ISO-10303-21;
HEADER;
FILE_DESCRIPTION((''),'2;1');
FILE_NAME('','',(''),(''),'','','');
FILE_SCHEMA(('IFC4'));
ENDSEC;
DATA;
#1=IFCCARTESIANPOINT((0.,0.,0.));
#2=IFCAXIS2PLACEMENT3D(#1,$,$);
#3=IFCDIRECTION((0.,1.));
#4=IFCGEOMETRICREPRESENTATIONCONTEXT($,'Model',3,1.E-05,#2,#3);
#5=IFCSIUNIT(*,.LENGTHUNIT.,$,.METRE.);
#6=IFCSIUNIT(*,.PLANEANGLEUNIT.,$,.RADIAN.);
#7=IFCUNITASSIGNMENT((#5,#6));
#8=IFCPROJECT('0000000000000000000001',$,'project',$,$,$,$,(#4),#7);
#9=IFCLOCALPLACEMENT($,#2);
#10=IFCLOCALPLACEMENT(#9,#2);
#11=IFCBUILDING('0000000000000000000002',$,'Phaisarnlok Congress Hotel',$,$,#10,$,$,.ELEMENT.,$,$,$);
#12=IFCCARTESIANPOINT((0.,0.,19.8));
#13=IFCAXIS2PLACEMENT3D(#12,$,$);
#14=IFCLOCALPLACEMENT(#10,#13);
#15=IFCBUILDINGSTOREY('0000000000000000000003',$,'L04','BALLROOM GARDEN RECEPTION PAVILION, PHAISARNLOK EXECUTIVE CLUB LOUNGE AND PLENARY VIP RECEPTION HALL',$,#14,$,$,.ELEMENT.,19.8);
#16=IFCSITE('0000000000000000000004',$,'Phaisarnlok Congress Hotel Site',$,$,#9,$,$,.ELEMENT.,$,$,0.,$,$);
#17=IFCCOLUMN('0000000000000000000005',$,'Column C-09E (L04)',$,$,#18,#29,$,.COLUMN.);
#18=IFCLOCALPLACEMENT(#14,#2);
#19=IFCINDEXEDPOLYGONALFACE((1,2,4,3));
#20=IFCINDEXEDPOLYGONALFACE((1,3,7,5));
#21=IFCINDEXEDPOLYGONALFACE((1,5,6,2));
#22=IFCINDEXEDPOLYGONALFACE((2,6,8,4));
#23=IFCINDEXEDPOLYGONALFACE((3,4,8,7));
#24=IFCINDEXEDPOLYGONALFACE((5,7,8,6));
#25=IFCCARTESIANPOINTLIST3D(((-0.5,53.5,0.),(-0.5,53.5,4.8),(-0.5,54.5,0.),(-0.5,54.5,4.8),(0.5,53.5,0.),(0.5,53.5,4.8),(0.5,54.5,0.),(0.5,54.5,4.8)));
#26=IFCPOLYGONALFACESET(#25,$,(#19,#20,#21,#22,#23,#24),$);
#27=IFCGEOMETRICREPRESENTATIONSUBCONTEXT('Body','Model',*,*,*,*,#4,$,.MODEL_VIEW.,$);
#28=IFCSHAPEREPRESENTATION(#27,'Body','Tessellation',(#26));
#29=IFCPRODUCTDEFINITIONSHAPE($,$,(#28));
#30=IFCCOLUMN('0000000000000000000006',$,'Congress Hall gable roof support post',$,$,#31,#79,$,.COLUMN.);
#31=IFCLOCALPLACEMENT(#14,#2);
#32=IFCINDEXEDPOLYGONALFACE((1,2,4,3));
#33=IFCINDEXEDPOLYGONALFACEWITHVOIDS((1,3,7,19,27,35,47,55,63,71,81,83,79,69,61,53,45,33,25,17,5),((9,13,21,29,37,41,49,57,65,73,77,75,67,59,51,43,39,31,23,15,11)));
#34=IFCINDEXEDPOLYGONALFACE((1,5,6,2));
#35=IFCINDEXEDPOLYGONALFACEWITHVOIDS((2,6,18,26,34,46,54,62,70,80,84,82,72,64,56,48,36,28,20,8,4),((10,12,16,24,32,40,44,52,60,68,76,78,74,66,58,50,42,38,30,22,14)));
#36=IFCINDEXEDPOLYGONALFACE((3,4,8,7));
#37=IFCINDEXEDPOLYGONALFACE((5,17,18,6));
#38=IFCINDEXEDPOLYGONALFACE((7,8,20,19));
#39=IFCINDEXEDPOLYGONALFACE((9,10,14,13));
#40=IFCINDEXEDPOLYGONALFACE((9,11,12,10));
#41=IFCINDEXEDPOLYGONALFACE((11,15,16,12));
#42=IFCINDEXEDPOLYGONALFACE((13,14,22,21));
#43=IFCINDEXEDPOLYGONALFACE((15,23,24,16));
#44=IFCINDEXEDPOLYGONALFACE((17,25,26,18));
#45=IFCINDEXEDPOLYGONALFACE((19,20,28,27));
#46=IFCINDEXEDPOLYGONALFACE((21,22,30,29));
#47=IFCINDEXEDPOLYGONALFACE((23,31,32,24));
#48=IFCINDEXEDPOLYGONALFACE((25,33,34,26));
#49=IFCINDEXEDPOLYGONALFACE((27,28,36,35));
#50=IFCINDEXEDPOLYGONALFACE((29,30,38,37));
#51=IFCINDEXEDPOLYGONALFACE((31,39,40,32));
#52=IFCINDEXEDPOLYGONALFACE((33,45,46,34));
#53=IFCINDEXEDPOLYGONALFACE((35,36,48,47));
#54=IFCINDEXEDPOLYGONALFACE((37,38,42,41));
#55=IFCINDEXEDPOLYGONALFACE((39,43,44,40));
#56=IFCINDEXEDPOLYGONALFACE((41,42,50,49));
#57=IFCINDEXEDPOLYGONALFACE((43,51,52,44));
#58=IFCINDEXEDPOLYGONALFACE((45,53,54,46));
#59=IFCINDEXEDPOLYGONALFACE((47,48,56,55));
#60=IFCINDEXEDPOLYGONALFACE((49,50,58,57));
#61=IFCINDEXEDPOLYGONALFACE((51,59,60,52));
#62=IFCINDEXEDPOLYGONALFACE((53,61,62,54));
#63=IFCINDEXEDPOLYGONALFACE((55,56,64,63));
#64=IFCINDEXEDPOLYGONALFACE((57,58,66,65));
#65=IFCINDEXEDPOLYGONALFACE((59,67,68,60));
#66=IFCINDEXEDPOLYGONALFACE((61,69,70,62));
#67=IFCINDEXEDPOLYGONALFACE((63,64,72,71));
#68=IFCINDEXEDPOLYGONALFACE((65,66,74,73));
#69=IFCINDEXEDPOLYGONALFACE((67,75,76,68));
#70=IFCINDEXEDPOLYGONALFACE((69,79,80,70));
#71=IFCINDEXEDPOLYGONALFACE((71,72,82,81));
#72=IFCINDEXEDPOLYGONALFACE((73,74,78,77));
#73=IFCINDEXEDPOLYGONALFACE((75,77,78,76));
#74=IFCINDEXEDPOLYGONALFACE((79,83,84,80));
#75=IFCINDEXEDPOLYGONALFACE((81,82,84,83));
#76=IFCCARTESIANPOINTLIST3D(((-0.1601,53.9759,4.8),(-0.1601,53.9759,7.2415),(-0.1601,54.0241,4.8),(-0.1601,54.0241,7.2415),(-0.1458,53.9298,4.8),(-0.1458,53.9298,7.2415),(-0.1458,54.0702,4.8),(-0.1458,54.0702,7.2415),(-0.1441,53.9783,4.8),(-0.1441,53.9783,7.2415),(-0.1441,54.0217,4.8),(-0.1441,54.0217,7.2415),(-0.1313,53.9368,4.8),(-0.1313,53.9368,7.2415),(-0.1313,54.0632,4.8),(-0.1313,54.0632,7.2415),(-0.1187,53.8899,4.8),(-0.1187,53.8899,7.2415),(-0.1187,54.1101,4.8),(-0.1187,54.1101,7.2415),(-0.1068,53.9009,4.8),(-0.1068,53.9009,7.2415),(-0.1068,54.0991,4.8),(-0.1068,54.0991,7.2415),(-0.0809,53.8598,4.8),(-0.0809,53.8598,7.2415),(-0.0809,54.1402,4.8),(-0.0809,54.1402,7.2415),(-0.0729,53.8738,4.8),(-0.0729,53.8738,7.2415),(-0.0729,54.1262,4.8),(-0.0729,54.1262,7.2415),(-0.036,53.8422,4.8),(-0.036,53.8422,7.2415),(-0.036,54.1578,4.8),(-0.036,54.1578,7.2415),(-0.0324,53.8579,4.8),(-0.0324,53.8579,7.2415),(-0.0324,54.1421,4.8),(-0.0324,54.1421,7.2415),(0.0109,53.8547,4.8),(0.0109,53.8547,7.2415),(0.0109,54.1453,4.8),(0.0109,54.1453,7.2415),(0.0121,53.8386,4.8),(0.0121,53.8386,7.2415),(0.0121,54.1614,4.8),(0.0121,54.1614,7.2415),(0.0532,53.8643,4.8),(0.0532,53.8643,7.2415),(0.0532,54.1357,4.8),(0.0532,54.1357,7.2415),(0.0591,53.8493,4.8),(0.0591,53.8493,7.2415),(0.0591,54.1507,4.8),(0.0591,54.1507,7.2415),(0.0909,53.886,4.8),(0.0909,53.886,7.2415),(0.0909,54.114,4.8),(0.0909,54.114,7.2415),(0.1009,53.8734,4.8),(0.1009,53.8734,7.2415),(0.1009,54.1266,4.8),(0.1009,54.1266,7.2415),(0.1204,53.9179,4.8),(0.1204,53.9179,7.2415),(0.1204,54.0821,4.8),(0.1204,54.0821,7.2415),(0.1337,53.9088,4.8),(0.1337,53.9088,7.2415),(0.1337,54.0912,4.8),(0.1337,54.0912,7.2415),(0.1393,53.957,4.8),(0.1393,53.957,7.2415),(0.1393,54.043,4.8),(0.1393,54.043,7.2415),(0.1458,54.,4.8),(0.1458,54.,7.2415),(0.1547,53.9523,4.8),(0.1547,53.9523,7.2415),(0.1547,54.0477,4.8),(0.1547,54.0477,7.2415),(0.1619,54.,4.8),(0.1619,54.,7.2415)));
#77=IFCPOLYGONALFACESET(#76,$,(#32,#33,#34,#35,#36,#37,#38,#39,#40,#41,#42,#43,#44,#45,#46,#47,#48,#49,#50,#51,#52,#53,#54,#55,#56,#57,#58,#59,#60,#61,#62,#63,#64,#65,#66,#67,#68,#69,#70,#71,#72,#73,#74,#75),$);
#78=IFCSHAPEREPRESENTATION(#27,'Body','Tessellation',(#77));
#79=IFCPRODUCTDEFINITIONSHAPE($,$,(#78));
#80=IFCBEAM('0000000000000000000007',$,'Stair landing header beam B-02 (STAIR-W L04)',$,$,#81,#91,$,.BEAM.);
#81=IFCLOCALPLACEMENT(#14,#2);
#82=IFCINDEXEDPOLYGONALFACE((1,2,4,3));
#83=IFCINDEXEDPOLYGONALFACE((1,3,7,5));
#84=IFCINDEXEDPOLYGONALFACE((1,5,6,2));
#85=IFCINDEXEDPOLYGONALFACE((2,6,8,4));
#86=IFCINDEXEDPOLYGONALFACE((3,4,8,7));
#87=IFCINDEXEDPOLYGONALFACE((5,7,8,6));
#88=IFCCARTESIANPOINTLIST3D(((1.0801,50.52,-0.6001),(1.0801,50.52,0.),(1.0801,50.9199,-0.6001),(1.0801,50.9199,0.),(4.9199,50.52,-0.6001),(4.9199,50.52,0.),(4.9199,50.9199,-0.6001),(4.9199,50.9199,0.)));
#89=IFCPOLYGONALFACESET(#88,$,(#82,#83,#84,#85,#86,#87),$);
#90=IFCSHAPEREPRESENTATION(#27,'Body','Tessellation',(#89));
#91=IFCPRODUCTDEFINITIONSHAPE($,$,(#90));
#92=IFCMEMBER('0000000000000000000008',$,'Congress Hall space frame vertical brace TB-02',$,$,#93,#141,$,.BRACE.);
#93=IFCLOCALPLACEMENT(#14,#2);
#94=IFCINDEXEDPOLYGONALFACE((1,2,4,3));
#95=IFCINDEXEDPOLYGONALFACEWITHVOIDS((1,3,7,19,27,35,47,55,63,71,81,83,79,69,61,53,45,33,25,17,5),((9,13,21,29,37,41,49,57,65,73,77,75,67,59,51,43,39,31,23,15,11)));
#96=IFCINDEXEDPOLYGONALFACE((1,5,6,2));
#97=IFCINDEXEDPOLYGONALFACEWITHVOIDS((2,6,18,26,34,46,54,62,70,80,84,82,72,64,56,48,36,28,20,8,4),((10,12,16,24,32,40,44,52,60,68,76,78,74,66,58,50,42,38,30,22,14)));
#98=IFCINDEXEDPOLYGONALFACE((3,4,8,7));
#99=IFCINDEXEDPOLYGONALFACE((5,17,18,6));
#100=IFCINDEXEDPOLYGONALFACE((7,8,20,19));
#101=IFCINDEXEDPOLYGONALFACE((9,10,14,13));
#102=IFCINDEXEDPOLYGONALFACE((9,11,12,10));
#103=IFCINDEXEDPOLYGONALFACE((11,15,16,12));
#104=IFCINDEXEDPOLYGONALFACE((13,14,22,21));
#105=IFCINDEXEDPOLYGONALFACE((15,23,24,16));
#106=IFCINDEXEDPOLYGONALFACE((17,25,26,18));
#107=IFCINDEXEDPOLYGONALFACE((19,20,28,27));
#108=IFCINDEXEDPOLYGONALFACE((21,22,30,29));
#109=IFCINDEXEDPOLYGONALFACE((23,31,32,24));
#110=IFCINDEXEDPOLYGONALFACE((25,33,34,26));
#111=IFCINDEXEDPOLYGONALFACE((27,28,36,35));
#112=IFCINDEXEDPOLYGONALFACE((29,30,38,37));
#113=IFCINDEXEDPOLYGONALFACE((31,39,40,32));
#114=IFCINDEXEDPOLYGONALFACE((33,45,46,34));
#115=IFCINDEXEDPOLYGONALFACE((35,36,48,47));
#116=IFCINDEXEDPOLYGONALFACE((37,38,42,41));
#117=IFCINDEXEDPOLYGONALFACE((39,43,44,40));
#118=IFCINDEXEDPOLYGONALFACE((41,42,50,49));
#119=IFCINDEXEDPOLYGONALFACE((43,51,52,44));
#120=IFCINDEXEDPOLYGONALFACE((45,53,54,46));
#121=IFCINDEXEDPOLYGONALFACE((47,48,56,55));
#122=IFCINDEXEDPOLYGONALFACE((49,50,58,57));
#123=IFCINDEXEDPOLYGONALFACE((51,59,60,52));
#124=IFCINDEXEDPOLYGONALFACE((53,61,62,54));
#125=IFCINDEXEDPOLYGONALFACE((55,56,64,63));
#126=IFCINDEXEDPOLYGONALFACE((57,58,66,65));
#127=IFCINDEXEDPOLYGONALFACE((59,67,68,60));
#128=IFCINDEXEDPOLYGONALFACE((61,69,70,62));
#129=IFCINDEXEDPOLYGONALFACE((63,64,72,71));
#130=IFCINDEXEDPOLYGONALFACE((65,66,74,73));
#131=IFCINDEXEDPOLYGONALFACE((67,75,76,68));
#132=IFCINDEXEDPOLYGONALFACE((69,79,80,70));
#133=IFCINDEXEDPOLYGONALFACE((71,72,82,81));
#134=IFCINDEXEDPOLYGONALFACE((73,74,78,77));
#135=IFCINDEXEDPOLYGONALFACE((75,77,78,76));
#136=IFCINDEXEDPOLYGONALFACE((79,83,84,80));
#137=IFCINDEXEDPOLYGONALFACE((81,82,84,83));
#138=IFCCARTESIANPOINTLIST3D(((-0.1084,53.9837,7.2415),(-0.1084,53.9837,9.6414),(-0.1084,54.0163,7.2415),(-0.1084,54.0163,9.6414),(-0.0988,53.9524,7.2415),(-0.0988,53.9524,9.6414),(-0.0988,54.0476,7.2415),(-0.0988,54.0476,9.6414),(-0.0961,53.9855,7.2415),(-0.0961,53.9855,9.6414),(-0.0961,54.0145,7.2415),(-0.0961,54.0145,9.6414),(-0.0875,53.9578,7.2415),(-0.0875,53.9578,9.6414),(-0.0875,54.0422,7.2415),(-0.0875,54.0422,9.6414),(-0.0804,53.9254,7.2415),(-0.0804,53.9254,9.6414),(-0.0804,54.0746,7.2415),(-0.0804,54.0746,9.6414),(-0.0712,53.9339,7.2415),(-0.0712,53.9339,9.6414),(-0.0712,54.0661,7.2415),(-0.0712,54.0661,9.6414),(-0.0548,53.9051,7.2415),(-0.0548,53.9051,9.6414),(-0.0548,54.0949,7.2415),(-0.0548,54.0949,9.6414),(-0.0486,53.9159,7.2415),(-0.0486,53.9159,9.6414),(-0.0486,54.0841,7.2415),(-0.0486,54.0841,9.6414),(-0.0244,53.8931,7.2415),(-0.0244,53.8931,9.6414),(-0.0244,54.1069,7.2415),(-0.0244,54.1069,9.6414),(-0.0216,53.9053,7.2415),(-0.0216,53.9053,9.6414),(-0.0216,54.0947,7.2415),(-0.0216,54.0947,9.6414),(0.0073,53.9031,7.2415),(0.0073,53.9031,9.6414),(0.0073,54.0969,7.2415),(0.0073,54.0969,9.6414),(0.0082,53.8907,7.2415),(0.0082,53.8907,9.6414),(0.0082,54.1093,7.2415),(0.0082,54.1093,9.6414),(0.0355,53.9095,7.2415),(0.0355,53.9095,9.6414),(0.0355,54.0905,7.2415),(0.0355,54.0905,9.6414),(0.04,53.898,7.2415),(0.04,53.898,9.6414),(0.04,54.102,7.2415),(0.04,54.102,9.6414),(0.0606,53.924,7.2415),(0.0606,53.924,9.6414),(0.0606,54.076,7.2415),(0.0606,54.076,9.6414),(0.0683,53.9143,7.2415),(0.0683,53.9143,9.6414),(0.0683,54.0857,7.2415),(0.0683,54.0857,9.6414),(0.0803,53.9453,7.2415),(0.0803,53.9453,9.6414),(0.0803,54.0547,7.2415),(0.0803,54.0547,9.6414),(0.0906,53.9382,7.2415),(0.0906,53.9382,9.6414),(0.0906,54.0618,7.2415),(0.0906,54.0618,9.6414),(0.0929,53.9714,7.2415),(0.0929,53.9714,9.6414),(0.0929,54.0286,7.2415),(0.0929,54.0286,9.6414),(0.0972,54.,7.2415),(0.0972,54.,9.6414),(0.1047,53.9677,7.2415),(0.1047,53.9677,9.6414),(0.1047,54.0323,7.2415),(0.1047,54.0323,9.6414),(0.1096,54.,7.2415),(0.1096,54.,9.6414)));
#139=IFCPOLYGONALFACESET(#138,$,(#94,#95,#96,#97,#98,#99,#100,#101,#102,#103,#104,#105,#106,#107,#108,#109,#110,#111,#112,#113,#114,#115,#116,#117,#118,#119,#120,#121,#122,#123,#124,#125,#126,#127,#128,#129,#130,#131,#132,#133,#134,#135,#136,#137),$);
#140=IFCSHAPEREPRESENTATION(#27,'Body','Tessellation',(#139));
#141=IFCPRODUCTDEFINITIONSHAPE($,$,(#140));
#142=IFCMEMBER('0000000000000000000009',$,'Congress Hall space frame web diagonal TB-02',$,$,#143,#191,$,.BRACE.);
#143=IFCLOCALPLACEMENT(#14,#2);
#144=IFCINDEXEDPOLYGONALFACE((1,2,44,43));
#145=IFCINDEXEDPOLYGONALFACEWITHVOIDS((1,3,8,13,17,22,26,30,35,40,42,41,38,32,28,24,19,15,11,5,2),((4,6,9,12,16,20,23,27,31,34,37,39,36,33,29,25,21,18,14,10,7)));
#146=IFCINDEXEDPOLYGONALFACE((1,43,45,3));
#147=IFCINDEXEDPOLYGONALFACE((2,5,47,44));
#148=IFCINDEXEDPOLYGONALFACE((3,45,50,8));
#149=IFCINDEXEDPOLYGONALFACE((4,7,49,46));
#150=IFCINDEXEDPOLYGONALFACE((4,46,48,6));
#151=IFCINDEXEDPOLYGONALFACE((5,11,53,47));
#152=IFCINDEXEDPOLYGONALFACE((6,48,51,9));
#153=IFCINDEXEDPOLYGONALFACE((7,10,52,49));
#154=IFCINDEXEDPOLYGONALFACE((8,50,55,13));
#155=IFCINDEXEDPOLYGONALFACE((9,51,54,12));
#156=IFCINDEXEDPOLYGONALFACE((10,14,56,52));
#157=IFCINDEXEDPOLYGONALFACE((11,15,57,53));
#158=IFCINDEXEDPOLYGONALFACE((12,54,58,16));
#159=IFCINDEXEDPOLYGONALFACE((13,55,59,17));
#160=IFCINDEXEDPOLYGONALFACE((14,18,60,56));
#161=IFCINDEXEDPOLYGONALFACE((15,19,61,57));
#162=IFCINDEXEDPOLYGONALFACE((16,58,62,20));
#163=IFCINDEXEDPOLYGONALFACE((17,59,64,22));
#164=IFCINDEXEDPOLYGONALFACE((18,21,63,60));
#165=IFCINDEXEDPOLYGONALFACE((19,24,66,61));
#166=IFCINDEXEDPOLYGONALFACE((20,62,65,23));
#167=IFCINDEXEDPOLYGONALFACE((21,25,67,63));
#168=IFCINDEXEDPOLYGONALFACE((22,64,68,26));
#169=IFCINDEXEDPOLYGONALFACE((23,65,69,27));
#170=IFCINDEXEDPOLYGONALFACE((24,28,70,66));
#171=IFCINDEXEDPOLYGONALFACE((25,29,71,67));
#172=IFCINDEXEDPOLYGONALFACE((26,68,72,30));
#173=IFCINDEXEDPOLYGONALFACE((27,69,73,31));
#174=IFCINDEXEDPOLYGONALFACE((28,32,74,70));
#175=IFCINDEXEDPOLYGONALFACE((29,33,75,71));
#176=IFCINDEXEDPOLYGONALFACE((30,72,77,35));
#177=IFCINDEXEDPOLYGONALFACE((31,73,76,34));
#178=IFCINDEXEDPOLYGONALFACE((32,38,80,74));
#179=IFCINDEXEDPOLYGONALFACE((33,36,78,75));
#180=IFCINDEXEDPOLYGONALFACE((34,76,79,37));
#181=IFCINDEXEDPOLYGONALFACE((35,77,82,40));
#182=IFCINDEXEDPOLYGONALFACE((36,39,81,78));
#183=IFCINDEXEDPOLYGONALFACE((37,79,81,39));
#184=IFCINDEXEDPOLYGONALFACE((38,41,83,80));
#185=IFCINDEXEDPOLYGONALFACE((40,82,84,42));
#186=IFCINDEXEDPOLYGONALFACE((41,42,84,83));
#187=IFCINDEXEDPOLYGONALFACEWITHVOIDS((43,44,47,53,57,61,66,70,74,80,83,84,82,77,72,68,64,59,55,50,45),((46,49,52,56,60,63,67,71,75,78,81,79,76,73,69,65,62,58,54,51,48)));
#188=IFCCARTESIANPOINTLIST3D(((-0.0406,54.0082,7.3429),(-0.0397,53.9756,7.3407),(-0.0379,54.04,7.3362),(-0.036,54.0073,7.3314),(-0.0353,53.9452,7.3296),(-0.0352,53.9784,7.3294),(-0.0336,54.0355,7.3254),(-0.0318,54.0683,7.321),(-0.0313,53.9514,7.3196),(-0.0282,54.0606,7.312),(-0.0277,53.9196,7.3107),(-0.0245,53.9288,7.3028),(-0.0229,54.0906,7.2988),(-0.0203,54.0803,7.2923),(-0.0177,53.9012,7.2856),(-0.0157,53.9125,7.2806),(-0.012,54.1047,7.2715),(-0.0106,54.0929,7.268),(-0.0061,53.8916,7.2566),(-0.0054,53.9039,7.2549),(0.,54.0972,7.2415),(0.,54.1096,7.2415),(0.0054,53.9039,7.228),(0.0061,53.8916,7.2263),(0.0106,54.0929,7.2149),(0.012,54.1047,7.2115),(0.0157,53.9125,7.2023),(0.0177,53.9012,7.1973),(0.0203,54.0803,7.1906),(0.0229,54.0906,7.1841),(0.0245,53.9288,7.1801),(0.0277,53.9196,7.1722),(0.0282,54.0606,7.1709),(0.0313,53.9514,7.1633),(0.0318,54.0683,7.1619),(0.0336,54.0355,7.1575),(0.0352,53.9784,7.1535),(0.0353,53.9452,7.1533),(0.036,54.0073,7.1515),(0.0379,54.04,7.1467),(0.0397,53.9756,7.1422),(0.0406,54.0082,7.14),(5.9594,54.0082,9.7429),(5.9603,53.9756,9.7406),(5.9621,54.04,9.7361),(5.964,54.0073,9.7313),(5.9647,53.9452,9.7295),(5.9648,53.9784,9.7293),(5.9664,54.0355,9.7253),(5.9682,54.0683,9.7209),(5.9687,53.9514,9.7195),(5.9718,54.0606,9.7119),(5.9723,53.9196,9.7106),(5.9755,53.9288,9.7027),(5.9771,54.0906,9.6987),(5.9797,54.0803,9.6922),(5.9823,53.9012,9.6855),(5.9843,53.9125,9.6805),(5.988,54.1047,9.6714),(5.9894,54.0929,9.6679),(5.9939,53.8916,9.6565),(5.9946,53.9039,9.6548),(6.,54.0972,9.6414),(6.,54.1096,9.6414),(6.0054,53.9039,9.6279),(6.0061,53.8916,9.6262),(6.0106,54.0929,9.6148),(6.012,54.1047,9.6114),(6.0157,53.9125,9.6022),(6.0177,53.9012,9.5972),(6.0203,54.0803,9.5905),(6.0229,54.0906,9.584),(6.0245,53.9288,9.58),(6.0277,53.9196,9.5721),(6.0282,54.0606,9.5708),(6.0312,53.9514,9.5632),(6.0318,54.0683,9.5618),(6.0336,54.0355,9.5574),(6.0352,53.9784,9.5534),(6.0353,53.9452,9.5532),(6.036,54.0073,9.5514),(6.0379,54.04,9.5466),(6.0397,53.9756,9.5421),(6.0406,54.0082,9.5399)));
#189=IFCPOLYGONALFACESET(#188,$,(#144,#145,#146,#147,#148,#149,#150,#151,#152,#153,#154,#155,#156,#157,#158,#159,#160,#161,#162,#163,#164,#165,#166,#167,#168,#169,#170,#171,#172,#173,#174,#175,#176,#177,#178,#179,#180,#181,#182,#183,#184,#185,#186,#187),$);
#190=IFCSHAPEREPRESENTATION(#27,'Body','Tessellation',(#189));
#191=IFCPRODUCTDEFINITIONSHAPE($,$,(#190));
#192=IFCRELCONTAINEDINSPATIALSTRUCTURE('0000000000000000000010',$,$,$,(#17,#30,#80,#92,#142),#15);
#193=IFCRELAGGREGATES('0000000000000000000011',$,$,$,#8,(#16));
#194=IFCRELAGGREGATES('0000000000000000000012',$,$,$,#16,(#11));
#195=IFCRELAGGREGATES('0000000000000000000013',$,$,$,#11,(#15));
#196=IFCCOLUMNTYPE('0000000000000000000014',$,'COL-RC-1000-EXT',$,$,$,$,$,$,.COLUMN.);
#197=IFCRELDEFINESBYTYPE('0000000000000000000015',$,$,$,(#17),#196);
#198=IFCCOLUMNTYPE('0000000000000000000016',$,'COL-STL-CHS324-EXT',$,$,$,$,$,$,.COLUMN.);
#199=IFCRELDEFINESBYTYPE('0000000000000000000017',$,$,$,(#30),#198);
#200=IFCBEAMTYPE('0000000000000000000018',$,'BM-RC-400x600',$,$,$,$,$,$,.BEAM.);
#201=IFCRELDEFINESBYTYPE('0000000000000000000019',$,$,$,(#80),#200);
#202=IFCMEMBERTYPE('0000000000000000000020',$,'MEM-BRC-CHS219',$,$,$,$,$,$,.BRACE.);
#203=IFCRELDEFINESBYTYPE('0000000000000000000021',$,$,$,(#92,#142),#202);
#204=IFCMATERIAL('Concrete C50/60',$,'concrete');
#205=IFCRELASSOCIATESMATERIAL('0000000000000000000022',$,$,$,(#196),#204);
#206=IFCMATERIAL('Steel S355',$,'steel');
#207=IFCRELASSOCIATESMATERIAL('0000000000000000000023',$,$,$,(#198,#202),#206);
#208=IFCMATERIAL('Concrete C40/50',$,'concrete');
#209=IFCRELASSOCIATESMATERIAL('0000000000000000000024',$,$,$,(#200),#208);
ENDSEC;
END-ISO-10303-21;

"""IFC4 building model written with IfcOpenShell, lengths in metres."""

from ifc_helpers import new_model, si_unit, direction, frame, origin, origin_2d, place, context, subcontext, project, spatial, rectangle, hollow_circle, extrude, material, material_profile, profile_set, type_object, element, save


model = new_model("IFC4")

# Units and contexts
model_context = context("Model", 3, precision=1e-05, world=origin(), true_north=direction((0.0, 1.0)))
body_context = subcontext(model_context, "Body", "Model", "MODEL_VIEW")
ifc_project = project(units=[si_unit("LENGTHUNIT", "METRE"), si_unit("PLANEANGLEUNIT", "RADIAN")], contexts=[model_context])

# Site, building, storey
site_placement = place(None, origin())
site = spatial("IfcSite", under=ifc_project, at=site_placement, Name="Phaisarnlok Congress Hotel Site", CompositionType="ELEMENT", RefElevation=0.0)
building_placement = place(site_placement, origin())
building = spatial("IfcBuilding", under=site, at=building_placement, Name="Phaisarnlok Congress Hotel", CompositionType="ELEMENT")
storey_placement = place(building_placement, frame((0.0, 0.0, 19.8)))
storey = spatial("IfcBuildingStorey", under=building, at=storey_placement, Name="L04", Description="BALLROOM GARDEN RECEPTION PAVILION, PHAISARNLOK EXECUTIVE CLUB LOUNGE AND PLENARY VIP RECEPTION HALL", CompositionType="ELEMENT", Elevation=19.8)

# Columns
ifc_material_1 = material(Name="Concrete C50/60", Category="concrete")
ifc_material_profile_1 = material_profile(ifc_material_1, rectangle(XDim=1.0, YDim=1.0, at=origin_2d()), Name="RC 1000x1000")
ifc_profile_set_1 = profile_set([ifc_material_profile_1], Name="Concrete C50/60")
column_type_1 = type_object("IfcColumnType", Name="COL-RC-1000-EXT", PredefinedType="COLUMN", material=ifc_profile_set_1)
column_1_placement = place(storey_placement, frame((0.0, 54.0, 0.0), z_axis=(0.0, 0.0, 1.0), x_axis=(1.0, 0.0, 0.0)))
element("IfcColumn", 1, at=column_1_placement, inside=storey, type_object=column_type_1, Name="Column C-09E (L04)", PredefinedType="COLUMN", context=body_context, shape_type="SweptSolid", body=[
    extrude(rectangle(XDim=1.0, YDim=1.0, at=origin_2d()), origin(), (0.0, 0.0, 1.0), 4.8),
])
ifc_material_2 = material(Name="Steel S355", Category="steel")
ifc_material_profile_2 = material_profile(ifc_material_2, hollow_circle(Radius=0.1619, WallThickness=0.0161, at=origin_2d()), Name="CHS 323.9x16")
ifc_profile_set_2 = profile_set([ifc_material_profile_2], Name="Steel S355")
column_type_2 = type_object("IfcColumnType", Name="COL-STL-CHS324-EXT", PredefinedType="COLUMN", material=ifc_profile_set_2)
column_2_placement = place(storey_placement, frame((0.0, 54.0, 4.8), z_axis=(0.0, 0.0, 1.0), x_axis=(1.0, 0.0, 0.0)))
element("IfcColumn", 2, at=column_2_placement, inside=storey, type_object=column_type_2, Name="Congress Hall gable roof support post", PredefinedType="COLUMN", context=body_context, shape_type="SweptSolid", body=[
    extrude(hollow_circle(Radius=0.1619, WallThickness=0.0161, at=origin_2d()), origin(), (0.0, 0.0, 1.0), 2.4414),
])

# Beam
ifc_material_3 = material(Name="Concrete C40/50", Category="concrete")
ifc_material_profile_3 = material_profile(ifc_material_3, rectangle(XDim=0.3999, YDim=0.6001, at=origin_2d()), Name="RC 400x600")
ifc_profile_set_3 = profile_set([ifc_material_profile_3], Name="Concrete C40/50")
beam_type = type_object("IfcBeamType", Name="BM-RC-400x600", PredefinedType="BEAM", material=ifc_profile_set_3)
beam_placement = place(storey_placement, frame((1.0801, 50.72, -0.3), z_axis=(1.0, 0.0, 0.0), x_axis=(0.0, 1.0, 0.0)))
element("IfcBeam", 3, at=beam_placement, inside=storey, type_object=beam_type, Name="Stair landing header beam B-02 (STAIR-W L04)", PredefinedType="BEAM", context=body_context, shape_type="SweptSolid", body=[
    extrude(rectangle(XDim=0.3999, YDim=0.6001, at=origin_2d()), origin(), (0.0, 0.0, 1.0), 3.8398),
])

# Members
ifc_material_profile_4 = material_profile(ifc_material_2, hollow_circle(Radius=0.1096, WallThickness=0.0125, at=origin_2d()), Name="CHS 219.1x12.5")
ifc_profile_set_4 = profile_set([ifc_material_profile_4], Name="Steel S355")
member_type_1 = type_object("IfcMemberType", Name="MEM-BRC-CHS219", PredefinedType="BRACE", material=ifc_profile_set_4)
member_1_placement = place(storey_placement, frame((0.0, 54.0, 7.2415), z_axis=(0.0, 0.0, 1.0), x_axis=(1.0, 0.0, 0.0)))
element("IfcMember", 4, at=member_1_placement, inside=storey, type_object=member_type_1, Name="Congress Hall space frame vertical brace TB-02", PredefinedType="BRACE", context=body_context, shape_type="SweptSolid", body=[
    extrude(hollow_circle(Radius=0.1096, WallThickness=0.0125, at=origin_2d()), origin(), (0.0, 0.0, 1.0), 2.3999),
])
member_2_placement = place(storey_placement, frame((0.0, 54.0, 7.2415), z_axis=(0.928482, 0.0, 0.371378), x_axis=(0.0, 1.0, 0.0)))
element("IfcMember", 5, at=member_2_placement, inside=storey, type_object=member_type_1, Name="Congress Hall space frame web diagonal TB-02", PredefinedType="BRACE", context=body_context, shape_type="SweptSolid", body=[
    extrude(hollow_circle(Radius=0.1096, WallThickness=0.0125, at=origin_2d()), origin(), (0.0, 0.0, 1.0), 6.4622),
])

save(model, "model.ifc")
